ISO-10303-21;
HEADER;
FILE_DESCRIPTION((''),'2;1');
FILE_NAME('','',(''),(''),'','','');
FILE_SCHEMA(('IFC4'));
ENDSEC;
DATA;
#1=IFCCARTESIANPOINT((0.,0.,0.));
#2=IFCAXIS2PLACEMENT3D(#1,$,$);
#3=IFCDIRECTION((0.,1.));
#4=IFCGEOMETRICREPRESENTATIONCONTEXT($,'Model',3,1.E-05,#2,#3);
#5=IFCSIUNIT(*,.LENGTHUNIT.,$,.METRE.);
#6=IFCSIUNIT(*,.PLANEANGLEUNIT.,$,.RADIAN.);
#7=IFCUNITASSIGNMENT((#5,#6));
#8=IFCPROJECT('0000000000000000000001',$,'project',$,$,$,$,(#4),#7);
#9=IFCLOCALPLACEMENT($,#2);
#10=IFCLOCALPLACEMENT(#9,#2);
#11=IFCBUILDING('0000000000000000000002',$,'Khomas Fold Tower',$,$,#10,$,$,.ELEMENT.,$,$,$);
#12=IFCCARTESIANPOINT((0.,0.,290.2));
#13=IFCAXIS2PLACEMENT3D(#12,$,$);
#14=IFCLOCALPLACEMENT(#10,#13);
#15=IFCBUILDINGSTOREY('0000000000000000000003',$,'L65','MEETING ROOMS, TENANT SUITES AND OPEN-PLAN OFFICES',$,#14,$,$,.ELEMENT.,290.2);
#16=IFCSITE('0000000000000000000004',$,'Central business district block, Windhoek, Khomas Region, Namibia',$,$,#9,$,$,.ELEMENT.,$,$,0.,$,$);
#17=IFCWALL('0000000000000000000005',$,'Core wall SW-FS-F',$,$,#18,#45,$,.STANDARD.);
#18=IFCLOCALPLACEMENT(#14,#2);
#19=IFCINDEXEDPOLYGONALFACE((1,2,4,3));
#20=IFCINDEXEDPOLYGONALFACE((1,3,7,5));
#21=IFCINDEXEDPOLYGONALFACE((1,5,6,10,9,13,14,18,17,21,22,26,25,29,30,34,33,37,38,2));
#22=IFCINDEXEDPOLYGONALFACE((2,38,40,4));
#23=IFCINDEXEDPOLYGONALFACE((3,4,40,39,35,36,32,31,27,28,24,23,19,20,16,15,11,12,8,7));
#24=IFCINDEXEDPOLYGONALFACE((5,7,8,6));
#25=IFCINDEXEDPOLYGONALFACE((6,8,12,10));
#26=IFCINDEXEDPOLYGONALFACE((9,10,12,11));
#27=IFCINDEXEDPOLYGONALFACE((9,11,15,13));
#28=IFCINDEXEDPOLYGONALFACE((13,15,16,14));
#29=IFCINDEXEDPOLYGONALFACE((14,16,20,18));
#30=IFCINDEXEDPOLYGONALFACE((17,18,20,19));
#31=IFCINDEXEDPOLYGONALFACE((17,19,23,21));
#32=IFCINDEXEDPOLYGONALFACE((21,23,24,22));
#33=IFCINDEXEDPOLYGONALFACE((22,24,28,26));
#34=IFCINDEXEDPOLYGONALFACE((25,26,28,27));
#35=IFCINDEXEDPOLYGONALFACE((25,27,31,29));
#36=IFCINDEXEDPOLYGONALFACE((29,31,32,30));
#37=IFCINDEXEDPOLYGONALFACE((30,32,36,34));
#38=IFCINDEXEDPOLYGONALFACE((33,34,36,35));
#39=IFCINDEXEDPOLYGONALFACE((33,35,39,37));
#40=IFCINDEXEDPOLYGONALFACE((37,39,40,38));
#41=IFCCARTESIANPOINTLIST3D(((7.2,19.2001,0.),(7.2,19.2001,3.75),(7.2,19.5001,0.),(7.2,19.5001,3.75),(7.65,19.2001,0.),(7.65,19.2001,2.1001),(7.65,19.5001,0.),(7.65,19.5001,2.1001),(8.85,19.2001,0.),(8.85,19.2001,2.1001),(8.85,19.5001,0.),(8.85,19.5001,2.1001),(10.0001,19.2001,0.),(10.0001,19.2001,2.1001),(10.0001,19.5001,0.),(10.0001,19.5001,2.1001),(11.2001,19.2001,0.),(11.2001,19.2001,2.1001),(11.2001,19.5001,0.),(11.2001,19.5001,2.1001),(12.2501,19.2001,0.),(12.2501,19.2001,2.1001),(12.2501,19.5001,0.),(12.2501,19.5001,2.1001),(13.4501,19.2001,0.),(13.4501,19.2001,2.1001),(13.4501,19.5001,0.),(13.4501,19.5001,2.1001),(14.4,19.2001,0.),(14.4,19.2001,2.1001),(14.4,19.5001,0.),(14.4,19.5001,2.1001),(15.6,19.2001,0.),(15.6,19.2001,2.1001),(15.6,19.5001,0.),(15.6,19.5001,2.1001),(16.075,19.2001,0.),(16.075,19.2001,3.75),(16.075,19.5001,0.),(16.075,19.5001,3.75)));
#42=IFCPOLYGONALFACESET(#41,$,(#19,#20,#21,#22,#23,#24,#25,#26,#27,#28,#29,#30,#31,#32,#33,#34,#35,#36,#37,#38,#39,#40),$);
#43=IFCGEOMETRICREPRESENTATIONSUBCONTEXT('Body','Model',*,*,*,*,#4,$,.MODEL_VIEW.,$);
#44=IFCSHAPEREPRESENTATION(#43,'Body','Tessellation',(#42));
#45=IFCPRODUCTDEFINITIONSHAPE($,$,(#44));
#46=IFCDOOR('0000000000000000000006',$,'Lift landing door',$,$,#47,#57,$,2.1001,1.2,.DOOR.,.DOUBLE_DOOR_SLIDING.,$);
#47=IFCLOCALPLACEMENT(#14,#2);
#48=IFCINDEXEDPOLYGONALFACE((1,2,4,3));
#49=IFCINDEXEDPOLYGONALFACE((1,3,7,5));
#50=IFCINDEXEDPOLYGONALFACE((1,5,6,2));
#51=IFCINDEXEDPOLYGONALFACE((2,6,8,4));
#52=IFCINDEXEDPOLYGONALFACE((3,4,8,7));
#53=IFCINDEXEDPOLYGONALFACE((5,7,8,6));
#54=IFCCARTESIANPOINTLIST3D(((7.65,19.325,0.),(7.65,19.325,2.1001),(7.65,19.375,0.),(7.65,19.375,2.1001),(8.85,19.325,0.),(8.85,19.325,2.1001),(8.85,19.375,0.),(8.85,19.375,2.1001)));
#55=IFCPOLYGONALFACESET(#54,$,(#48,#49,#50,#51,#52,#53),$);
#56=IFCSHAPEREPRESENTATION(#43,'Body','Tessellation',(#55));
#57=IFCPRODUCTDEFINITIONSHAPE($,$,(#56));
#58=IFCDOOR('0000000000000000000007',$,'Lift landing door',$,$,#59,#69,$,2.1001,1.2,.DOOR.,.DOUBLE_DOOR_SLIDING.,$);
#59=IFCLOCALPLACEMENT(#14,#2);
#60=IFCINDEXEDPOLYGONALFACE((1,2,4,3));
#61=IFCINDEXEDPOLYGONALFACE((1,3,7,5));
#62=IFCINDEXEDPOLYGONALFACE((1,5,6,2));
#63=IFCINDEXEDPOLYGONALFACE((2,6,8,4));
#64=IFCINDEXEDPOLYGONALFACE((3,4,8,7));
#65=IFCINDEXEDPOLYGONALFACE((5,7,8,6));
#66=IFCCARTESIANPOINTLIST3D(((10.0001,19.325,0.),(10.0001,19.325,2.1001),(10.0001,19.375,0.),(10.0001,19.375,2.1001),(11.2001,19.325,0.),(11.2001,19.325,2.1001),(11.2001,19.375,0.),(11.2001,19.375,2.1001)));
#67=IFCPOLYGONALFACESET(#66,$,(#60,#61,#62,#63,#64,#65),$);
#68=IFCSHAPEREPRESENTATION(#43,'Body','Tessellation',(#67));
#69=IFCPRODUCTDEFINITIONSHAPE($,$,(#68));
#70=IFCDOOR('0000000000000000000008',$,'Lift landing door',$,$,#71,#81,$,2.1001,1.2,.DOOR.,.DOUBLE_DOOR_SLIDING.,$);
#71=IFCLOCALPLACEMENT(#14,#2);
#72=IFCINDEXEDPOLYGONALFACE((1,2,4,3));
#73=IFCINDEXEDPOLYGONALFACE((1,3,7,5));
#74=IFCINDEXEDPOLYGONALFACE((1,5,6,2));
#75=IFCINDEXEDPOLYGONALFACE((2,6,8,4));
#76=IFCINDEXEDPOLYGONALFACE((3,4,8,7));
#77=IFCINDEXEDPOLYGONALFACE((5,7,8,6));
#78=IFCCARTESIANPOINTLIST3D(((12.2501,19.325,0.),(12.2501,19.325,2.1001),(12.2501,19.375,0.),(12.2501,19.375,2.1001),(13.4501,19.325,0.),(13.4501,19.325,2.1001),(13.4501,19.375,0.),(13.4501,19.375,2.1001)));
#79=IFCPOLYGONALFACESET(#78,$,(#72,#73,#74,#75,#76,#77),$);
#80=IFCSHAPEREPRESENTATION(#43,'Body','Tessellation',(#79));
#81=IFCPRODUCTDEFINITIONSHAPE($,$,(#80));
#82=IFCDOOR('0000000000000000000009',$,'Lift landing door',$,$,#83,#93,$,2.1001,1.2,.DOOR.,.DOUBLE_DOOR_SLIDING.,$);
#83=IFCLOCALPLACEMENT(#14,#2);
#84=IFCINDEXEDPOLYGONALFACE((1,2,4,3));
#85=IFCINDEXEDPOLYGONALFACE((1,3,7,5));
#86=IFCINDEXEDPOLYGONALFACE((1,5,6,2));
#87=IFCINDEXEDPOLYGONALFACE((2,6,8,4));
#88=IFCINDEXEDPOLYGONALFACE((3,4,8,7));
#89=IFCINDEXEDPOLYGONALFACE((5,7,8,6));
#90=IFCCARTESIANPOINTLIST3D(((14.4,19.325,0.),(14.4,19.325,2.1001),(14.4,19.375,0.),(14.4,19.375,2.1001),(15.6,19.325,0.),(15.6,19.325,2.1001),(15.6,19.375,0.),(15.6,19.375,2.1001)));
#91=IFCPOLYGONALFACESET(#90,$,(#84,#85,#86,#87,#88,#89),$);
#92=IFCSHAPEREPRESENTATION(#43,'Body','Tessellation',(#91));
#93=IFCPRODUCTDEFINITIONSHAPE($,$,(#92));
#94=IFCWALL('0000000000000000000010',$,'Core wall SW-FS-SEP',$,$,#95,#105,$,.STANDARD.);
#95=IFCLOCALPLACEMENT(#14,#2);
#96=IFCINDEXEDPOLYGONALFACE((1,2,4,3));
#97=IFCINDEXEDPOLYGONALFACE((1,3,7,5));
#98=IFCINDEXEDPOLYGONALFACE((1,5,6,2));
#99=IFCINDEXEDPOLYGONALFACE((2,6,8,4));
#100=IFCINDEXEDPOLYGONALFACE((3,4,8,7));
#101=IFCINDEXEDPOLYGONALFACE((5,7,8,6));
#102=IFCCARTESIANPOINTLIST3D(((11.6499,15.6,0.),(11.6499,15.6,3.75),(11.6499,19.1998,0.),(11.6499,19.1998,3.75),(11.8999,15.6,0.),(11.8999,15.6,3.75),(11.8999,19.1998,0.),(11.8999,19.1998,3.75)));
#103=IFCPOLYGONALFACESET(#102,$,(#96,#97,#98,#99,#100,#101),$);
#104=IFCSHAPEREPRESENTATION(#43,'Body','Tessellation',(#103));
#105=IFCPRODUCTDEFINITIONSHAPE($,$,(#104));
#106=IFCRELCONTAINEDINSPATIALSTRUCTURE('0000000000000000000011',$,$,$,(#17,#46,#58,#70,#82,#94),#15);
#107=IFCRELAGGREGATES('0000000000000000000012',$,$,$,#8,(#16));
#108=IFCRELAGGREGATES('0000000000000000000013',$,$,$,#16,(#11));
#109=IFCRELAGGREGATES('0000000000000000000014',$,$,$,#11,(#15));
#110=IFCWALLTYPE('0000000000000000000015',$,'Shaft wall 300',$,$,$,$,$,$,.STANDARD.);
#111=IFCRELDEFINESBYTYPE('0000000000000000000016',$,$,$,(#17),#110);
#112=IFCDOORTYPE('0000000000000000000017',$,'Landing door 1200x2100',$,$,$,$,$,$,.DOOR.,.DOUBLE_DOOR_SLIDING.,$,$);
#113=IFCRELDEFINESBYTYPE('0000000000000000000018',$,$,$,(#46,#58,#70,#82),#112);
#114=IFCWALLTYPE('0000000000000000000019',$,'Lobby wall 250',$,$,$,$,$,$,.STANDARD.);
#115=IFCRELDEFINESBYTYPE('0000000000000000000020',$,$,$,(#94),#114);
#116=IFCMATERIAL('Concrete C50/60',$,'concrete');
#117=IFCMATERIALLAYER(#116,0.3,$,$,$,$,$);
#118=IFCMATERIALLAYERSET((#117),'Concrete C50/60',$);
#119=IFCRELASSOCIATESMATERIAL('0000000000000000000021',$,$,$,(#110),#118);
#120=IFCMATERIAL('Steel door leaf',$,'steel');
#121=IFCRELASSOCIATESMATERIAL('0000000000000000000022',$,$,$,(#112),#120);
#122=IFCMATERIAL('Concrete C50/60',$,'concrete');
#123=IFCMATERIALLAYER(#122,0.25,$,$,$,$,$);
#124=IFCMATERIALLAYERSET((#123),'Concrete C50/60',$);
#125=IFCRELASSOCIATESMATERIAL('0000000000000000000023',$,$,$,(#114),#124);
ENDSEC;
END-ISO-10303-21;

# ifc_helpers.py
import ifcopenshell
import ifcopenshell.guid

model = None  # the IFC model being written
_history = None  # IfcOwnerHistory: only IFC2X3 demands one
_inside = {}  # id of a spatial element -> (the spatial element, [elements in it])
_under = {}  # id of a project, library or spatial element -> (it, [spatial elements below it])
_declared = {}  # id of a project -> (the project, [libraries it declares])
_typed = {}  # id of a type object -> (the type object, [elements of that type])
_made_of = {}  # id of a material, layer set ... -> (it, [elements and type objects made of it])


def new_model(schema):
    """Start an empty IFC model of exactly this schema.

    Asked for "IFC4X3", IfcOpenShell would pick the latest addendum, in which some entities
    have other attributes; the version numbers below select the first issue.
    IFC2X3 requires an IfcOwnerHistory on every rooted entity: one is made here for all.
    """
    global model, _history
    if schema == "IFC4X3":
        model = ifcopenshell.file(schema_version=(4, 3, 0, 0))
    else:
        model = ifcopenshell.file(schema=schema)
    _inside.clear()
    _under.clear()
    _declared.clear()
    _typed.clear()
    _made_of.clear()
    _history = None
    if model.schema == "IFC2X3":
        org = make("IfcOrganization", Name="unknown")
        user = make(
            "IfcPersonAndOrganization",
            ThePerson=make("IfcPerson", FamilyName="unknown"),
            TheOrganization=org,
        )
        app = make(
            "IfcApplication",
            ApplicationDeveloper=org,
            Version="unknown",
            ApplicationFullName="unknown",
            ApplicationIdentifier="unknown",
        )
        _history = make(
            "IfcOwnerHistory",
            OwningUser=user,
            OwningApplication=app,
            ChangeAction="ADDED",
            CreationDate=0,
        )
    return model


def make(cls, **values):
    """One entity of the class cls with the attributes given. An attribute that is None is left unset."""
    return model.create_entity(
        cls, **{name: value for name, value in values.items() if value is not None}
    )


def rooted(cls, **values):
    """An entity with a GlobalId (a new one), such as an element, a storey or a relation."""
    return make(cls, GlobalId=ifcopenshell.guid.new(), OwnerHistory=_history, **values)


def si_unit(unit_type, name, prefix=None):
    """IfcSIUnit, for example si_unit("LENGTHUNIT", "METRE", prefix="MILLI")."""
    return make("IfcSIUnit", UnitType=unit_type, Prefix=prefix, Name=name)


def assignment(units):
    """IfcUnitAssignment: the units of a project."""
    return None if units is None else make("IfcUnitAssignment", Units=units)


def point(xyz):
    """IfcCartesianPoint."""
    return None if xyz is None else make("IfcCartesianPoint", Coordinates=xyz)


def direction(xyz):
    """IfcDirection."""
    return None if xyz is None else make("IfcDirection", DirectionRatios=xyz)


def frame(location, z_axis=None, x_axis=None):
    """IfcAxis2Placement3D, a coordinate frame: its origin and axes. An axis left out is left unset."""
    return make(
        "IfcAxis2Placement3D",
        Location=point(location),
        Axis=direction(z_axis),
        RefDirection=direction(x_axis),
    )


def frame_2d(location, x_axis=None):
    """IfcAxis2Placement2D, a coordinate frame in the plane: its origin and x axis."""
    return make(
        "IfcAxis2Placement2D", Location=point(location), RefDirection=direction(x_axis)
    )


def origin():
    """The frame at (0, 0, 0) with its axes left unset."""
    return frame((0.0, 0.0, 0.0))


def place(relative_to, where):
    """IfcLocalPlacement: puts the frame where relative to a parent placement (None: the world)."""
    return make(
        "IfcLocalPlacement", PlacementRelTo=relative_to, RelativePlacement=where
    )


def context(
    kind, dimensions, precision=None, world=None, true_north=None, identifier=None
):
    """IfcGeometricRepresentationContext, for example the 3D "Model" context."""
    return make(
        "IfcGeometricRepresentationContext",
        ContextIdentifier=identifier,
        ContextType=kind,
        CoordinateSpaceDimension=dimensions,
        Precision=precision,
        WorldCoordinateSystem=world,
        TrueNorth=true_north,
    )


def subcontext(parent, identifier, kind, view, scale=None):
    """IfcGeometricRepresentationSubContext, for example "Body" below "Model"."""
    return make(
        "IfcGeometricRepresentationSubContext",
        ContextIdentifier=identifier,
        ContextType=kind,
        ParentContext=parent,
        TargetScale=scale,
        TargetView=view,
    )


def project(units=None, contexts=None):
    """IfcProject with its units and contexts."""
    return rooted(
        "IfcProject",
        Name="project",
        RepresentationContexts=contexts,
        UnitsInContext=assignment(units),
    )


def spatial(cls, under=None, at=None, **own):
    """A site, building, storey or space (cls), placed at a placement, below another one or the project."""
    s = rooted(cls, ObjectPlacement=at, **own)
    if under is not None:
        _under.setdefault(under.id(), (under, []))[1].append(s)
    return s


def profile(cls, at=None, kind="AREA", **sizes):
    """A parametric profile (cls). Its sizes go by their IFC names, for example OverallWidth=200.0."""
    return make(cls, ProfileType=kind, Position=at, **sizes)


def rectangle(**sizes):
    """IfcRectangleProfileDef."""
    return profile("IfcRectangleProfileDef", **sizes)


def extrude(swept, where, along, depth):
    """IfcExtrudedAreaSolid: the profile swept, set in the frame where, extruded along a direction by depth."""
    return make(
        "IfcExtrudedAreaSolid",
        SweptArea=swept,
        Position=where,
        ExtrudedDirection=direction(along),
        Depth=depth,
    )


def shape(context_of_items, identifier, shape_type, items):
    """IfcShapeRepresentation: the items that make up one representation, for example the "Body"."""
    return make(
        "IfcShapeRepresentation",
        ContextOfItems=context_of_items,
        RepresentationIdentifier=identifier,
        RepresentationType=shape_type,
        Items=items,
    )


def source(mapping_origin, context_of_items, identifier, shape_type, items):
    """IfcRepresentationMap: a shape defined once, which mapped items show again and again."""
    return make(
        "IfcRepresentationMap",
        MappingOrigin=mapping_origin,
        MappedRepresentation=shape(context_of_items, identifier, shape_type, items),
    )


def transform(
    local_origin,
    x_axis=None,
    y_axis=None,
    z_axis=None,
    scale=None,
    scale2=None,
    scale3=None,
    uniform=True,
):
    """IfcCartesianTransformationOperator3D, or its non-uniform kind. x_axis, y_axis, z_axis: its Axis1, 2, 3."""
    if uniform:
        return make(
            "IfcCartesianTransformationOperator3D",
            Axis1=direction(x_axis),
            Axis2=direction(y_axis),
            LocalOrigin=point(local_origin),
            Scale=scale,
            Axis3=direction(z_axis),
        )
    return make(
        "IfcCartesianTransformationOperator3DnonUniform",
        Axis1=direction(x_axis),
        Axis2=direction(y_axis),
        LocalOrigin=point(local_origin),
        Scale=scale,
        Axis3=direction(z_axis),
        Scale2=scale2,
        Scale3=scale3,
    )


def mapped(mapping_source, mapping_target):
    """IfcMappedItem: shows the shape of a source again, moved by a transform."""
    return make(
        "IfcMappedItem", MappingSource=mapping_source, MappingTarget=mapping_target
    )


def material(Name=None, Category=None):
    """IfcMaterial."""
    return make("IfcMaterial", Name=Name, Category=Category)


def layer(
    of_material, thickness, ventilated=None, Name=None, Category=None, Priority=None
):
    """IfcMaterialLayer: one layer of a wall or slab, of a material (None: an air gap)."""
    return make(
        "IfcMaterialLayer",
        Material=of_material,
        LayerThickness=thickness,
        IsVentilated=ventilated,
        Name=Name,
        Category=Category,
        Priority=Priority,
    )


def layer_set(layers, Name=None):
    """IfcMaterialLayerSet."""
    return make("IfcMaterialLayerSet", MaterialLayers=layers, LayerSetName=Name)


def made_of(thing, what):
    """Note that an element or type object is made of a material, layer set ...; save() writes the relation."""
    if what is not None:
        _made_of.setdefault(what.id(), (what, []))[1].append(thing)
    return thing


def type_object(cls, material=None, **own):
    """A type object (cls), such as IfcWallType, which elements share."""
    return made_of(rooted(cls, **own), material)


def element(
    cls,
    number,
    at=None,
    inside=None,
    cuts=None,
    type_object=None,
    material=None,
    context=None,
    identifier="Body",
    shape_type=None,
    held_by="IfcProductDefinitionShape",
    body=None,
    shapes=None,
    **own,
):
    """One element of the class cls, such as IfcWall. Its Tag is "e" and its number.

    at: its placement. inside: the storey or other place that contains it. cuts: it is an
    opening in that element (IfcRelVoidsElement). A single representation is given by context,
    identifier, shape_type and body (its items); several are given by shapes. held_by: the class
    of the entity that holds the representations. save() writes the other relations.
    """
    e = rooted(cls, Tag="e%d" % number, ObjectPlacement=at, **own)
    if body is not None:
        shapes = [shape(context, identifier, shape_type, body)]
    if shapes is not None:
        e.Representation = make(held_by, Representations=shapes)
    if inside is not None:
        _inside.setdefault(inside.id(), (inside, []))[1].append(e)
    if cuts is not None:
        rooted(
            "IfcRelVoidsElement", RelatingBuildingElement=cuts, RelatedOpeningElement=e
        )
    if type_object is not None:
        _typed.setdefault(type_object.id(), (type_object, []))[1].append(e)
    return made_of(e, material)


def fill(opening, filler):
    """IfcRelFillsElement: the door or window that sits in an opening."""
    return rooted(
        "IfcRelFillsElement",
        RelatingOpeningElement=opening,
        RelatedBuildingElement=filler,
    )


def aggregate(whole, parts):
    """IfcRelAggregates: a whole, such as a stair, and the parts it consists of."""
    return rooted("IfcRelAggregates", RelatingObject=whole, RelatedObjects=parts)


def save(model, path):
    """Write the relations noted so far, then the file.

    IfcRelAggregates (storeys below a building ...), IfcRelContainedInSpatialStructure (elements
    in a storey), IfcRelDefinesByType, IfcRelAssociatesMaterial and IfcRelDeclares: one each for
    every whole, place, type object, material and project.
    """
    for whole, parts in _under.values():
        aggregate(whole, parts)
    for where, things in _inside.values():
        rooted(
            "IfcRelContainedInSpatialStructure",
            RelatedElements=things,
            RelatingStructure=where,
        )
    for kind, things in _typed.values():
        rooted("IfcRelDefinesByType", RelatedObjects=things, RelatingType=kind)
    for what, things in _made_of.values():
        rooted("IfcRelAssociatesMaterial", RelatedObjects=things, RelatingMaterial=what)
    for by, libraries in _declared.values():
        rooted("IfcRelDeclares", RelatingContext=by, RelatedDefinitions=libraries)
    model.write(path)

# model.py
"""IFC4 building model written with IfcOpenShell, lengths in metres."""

from ifc_helpers import new_model, si_unit, direction, frame, frame_2d, origin, place, context, subcontext, project, spatial, rectangle, extrude, source, transform, mapped, material, layer, layer_set, type_object, element, fill, save


model = new_model("IFC4")

# Units and contexts
model_context = context("Model", 3, precision=1e-05, world=origin(), true_north=direction((0.0, 1.0)))
body_context = subcontext(model_context, "Body", "Model", "MODEL_VIEW")
ifc_project = project(units=[si_unit("LENGTHUNIT", "METRE"), si_unit("PLANEANGLEUNIT", "RADIAN")], contexts=[model_context])

# Site, building, storey
site_placement = place(None, origin())
site = spatial("IfcSite", under=ifc_project, at=site_placement, Name="Central business district block, Windhoek, Khomas Region, Namibia", CompositionType="ELEMENT", RefElevation=0.0)
building_placement = place(site_placement, origin())
building = spatial("IfcBuilding", under=site, at=building_placement, Name="Khomas Fold Tower", CompositionType="ELEMENT")
storey_placement = place(building_placement, frame((0.0, 0.0, 290.2)))
storey = spatial("IfcBuildingStorey", under=building, at=storey_placement, Name="L65", Description="MEETING ROOMS, TENANT SUITES AND OPEN-PLAN OFFICES", CompositionType="ELEMENT", Elevation=290.2)

# Wall, openings, doors
ifc_material_1 = material(Name="Concrete C50/60", Category="concrete")
ifc_layer_1 = layer(ifc_material_1, 0.3)
ifc_layer_set_1 = layer_set([ifc_layer_1], Name="Concrete C50/60")
wall_type_1 = type_object("IfcWallType", Name="Shaft wall 300", PredefinedType="STANDARD", material=ifc_layer_set_1)
shared_shape_1 = source(origin(), body_context, "Body", "SweptSolid", [
    extrude(rectangle(XDim=8.875, YDim=0.3, at=frame_2d((4.4375, 0.0))), origin(), (0.0, 0.0, 1.0), 3.75),
])
wall_1_placement = place(storey_placement, frame((7.2, 19.3501, 0.0), z_axis=(0.0, 0.0, 1.0), x_axis=(1.0, 0.0, 0.0)))
wall_1 = element("IfcWall", 1, at=wall_1_placement, inside=storey, type_object=wall_type_1, Name="Core wall SW-FS-F", PredefinedType="STANDARD", context=body_context, shape_type="MappedRepresentation", body=[
    mapped(shared_shape_1, transform((0.0, 0.0, 0.0))),
])
shared_shape_2 = source(origin(), body_context, "Body", "SweptSolid", [
    extrude(rectangle(XDim=1.2, YDim=2.1001, at=frame_2d((0.6001, 1.05))), frame((0.0, 0.1599, 0.0), z_axis=(0.0, -1.0, 0.0), x_axis=(1.0, 0.0, 0.0)), (0.0, 0.0, 1.0), 0.3201),
])
opening_1_placement = place(wall_1_placement, frame((0.45, 0.0, 0.0)))
opening_1 = element("IfcOpeningElement", 2, at=opening_1_placement, cuts=wall_1, PredefinedType="OPENING", context=body_context, shape_type="MappedRepresentation", body=[
    mapped(shared_shape_2, transform((0.0, 0.0, 0.0))),
])
opening_2_placement = place(wall_1_placement, frame((2.8, 0.0, 0.0)))
opening_2 = element("IfcOpeningElement", 3, at=opening_2_placement, cuts=wall_1, PredefinedType="OPENING", context=body_context, shape_type="MappedRepresentation", body=[
    mapped(shared_shape_2, transform((0.0, 0.0, 0.0))),
])
opening_3_placement = place(wall_1_placement, frame((5.05, 0.0, 0.0)))
opening_3 = element("IfcOpeningElement", 4, at=opening_3_placement, cuts=wall_1, PredefinedType="OPENING", context=body_context, shape_type="MappedRepresentation", body=[
    mapped(shared_shape_2, transform((0.0, 0.0, 0.0))),
])
opening_4_placement = place(wall_1_placement, frame((7.2, 0.0, 0.0)))
opening_4 = element("IfcOpeningElement", 5, at=opening_4_placement, cuts=wall_1, PredefinedType="OPENING", context=body_context, shape_type="MappedRepresentation", body=[
    mapped(shared_shape_2, transform((0.0, 0.0, 0.0))),
])
ifc_material_2 = material(Name="Steel door leaf", Category="steel")
door_type_1 = type_object("IfcDoorType", Name="Landing door 1200x2100", OperationType="DOUBLE_DOOR_SLIDING", PredefinedType="DOOR", material=ifc_material_2)
shared_shape_3 = source(origin(), body_context, "Body", "SweptSolid", [
    extrude(rectangle(XDim=1.2, YDim=2.1001, at=frame_2d((0.6001, 1.05))), frame((0.0, 0.0249, 0.0), z_axis=(0.0, -1.0, 0.0), x_axis=(1.0, 0.0, 0.0)), (0.0, 0.0, 1.0), 0.05),
])
door_1_placement = place(opening_1_placement, origin())
door_1 = element("IfcDoor", 6, at=door_1_placement, inside=storey, type_object=door_type_1, Name="Lift landing door", OperationType="DOUBLE_DOOR_SLIDING", OverallHeight=2.1001, OverallWidth=1.2, PredefinedType="DOOR", context=body_context, shape_type="MappedRepresentation", body=[
    mapped(shared_shape_3, transform((0.0, 0.0, 0.0))),
])
fill(opening_1, door_1)
door_2_placement = place(opening_2_placement, origin())
door_2 = element("IfcDoor", 7, at=door_2_placement, inside=storey, type_object=door_type_1, Name="Lift landing door", OperationType="DOUBLE_DOOR_SLIDING", OverallHeight=2.1001, OverallWidth=1.2, PredefinedType="DOOR", context=body_context, shape_type="MappedRepresentation", body=[
    mapped(shared_shape_3, transform((0.0, 0.0, 0.0))),
])
fill(opening_2, door_2)
door_3_placement = place(opening_3_placement, origin())
door_3 = element("IfcDoor", 8, at=door_3_placement, inside=storey, type_object=door_type_1, Name="Lift landing door", OperationType="DOUBLE_DOOR_SLIDING", OverallHeight=2.1001, OverallWidth=1.2, PredefinedType="DOOR", context=body_context, shape_type="MappedRepresentation", body=[
    mapped(shared_shape_3, transform((0.0, 0.0, 0.0))),
])
fill(opening_3, door_3)
door_4_placement = place(opening_4_placement, origin())
door_4 = element("IfcDoor", 9, at=door_4_placement, inside=storey, type_object=door_type_1, Name="Lift landing door", OperationType="DOUBLE_DOOR_SLIDING", OverallHeight=2.1001, OverallWidth=1.2, PredefinedType="DOOR", context=body_context, shape_type="MappedRepresentation", body=[
    mapped(shared_shape_3, transform((0.0, 0.0, 0.0))),
])
fill(opening_4, door_4)

# Wall
ifc_material_3 = material(Name="Concrete C50/60", Category="concrete")
ifc_layer_2 = layer(ifc_material_3, 0.25)
ifc_layer_set_2 = layer_set([ifc_layer_2], Name="Concrete C50/60")
wall_type_2 = type_object("IfcWallType", Name="Lobby wall 250", PredefinedType="STANDARD", material=ifc_layer_set_2)
shared_shape_4 = source(origin(), body_context, "Body", "SweptSolid", [
    extrude(rectangle(XDim=3.5999, YDim=0.25, at=frame_2d((1.7998, 0.0))), origin(), (0.0, 0.0, 1.0), 3.75),
])
wall_2_placement = place(storey_placement, frame((11.7749, 15.6001, 0.0), z_axis=(0.0, 0.0, 1.0), x_axis=(0.0, 1.0, 0.0)))
element("IfcWall", 10, at=wall_2_placement, inside=storey, type_object=wall_type_2, Name="Core wall SW-FS-SEP", PredefinedType="STANDARD", context=body_context, shape_type="MappedRepresentation", body=[
    mapped(shared_shape_4, transform((0.0, 0.0, 0.0))),
])

save(model, "model.ifc")
